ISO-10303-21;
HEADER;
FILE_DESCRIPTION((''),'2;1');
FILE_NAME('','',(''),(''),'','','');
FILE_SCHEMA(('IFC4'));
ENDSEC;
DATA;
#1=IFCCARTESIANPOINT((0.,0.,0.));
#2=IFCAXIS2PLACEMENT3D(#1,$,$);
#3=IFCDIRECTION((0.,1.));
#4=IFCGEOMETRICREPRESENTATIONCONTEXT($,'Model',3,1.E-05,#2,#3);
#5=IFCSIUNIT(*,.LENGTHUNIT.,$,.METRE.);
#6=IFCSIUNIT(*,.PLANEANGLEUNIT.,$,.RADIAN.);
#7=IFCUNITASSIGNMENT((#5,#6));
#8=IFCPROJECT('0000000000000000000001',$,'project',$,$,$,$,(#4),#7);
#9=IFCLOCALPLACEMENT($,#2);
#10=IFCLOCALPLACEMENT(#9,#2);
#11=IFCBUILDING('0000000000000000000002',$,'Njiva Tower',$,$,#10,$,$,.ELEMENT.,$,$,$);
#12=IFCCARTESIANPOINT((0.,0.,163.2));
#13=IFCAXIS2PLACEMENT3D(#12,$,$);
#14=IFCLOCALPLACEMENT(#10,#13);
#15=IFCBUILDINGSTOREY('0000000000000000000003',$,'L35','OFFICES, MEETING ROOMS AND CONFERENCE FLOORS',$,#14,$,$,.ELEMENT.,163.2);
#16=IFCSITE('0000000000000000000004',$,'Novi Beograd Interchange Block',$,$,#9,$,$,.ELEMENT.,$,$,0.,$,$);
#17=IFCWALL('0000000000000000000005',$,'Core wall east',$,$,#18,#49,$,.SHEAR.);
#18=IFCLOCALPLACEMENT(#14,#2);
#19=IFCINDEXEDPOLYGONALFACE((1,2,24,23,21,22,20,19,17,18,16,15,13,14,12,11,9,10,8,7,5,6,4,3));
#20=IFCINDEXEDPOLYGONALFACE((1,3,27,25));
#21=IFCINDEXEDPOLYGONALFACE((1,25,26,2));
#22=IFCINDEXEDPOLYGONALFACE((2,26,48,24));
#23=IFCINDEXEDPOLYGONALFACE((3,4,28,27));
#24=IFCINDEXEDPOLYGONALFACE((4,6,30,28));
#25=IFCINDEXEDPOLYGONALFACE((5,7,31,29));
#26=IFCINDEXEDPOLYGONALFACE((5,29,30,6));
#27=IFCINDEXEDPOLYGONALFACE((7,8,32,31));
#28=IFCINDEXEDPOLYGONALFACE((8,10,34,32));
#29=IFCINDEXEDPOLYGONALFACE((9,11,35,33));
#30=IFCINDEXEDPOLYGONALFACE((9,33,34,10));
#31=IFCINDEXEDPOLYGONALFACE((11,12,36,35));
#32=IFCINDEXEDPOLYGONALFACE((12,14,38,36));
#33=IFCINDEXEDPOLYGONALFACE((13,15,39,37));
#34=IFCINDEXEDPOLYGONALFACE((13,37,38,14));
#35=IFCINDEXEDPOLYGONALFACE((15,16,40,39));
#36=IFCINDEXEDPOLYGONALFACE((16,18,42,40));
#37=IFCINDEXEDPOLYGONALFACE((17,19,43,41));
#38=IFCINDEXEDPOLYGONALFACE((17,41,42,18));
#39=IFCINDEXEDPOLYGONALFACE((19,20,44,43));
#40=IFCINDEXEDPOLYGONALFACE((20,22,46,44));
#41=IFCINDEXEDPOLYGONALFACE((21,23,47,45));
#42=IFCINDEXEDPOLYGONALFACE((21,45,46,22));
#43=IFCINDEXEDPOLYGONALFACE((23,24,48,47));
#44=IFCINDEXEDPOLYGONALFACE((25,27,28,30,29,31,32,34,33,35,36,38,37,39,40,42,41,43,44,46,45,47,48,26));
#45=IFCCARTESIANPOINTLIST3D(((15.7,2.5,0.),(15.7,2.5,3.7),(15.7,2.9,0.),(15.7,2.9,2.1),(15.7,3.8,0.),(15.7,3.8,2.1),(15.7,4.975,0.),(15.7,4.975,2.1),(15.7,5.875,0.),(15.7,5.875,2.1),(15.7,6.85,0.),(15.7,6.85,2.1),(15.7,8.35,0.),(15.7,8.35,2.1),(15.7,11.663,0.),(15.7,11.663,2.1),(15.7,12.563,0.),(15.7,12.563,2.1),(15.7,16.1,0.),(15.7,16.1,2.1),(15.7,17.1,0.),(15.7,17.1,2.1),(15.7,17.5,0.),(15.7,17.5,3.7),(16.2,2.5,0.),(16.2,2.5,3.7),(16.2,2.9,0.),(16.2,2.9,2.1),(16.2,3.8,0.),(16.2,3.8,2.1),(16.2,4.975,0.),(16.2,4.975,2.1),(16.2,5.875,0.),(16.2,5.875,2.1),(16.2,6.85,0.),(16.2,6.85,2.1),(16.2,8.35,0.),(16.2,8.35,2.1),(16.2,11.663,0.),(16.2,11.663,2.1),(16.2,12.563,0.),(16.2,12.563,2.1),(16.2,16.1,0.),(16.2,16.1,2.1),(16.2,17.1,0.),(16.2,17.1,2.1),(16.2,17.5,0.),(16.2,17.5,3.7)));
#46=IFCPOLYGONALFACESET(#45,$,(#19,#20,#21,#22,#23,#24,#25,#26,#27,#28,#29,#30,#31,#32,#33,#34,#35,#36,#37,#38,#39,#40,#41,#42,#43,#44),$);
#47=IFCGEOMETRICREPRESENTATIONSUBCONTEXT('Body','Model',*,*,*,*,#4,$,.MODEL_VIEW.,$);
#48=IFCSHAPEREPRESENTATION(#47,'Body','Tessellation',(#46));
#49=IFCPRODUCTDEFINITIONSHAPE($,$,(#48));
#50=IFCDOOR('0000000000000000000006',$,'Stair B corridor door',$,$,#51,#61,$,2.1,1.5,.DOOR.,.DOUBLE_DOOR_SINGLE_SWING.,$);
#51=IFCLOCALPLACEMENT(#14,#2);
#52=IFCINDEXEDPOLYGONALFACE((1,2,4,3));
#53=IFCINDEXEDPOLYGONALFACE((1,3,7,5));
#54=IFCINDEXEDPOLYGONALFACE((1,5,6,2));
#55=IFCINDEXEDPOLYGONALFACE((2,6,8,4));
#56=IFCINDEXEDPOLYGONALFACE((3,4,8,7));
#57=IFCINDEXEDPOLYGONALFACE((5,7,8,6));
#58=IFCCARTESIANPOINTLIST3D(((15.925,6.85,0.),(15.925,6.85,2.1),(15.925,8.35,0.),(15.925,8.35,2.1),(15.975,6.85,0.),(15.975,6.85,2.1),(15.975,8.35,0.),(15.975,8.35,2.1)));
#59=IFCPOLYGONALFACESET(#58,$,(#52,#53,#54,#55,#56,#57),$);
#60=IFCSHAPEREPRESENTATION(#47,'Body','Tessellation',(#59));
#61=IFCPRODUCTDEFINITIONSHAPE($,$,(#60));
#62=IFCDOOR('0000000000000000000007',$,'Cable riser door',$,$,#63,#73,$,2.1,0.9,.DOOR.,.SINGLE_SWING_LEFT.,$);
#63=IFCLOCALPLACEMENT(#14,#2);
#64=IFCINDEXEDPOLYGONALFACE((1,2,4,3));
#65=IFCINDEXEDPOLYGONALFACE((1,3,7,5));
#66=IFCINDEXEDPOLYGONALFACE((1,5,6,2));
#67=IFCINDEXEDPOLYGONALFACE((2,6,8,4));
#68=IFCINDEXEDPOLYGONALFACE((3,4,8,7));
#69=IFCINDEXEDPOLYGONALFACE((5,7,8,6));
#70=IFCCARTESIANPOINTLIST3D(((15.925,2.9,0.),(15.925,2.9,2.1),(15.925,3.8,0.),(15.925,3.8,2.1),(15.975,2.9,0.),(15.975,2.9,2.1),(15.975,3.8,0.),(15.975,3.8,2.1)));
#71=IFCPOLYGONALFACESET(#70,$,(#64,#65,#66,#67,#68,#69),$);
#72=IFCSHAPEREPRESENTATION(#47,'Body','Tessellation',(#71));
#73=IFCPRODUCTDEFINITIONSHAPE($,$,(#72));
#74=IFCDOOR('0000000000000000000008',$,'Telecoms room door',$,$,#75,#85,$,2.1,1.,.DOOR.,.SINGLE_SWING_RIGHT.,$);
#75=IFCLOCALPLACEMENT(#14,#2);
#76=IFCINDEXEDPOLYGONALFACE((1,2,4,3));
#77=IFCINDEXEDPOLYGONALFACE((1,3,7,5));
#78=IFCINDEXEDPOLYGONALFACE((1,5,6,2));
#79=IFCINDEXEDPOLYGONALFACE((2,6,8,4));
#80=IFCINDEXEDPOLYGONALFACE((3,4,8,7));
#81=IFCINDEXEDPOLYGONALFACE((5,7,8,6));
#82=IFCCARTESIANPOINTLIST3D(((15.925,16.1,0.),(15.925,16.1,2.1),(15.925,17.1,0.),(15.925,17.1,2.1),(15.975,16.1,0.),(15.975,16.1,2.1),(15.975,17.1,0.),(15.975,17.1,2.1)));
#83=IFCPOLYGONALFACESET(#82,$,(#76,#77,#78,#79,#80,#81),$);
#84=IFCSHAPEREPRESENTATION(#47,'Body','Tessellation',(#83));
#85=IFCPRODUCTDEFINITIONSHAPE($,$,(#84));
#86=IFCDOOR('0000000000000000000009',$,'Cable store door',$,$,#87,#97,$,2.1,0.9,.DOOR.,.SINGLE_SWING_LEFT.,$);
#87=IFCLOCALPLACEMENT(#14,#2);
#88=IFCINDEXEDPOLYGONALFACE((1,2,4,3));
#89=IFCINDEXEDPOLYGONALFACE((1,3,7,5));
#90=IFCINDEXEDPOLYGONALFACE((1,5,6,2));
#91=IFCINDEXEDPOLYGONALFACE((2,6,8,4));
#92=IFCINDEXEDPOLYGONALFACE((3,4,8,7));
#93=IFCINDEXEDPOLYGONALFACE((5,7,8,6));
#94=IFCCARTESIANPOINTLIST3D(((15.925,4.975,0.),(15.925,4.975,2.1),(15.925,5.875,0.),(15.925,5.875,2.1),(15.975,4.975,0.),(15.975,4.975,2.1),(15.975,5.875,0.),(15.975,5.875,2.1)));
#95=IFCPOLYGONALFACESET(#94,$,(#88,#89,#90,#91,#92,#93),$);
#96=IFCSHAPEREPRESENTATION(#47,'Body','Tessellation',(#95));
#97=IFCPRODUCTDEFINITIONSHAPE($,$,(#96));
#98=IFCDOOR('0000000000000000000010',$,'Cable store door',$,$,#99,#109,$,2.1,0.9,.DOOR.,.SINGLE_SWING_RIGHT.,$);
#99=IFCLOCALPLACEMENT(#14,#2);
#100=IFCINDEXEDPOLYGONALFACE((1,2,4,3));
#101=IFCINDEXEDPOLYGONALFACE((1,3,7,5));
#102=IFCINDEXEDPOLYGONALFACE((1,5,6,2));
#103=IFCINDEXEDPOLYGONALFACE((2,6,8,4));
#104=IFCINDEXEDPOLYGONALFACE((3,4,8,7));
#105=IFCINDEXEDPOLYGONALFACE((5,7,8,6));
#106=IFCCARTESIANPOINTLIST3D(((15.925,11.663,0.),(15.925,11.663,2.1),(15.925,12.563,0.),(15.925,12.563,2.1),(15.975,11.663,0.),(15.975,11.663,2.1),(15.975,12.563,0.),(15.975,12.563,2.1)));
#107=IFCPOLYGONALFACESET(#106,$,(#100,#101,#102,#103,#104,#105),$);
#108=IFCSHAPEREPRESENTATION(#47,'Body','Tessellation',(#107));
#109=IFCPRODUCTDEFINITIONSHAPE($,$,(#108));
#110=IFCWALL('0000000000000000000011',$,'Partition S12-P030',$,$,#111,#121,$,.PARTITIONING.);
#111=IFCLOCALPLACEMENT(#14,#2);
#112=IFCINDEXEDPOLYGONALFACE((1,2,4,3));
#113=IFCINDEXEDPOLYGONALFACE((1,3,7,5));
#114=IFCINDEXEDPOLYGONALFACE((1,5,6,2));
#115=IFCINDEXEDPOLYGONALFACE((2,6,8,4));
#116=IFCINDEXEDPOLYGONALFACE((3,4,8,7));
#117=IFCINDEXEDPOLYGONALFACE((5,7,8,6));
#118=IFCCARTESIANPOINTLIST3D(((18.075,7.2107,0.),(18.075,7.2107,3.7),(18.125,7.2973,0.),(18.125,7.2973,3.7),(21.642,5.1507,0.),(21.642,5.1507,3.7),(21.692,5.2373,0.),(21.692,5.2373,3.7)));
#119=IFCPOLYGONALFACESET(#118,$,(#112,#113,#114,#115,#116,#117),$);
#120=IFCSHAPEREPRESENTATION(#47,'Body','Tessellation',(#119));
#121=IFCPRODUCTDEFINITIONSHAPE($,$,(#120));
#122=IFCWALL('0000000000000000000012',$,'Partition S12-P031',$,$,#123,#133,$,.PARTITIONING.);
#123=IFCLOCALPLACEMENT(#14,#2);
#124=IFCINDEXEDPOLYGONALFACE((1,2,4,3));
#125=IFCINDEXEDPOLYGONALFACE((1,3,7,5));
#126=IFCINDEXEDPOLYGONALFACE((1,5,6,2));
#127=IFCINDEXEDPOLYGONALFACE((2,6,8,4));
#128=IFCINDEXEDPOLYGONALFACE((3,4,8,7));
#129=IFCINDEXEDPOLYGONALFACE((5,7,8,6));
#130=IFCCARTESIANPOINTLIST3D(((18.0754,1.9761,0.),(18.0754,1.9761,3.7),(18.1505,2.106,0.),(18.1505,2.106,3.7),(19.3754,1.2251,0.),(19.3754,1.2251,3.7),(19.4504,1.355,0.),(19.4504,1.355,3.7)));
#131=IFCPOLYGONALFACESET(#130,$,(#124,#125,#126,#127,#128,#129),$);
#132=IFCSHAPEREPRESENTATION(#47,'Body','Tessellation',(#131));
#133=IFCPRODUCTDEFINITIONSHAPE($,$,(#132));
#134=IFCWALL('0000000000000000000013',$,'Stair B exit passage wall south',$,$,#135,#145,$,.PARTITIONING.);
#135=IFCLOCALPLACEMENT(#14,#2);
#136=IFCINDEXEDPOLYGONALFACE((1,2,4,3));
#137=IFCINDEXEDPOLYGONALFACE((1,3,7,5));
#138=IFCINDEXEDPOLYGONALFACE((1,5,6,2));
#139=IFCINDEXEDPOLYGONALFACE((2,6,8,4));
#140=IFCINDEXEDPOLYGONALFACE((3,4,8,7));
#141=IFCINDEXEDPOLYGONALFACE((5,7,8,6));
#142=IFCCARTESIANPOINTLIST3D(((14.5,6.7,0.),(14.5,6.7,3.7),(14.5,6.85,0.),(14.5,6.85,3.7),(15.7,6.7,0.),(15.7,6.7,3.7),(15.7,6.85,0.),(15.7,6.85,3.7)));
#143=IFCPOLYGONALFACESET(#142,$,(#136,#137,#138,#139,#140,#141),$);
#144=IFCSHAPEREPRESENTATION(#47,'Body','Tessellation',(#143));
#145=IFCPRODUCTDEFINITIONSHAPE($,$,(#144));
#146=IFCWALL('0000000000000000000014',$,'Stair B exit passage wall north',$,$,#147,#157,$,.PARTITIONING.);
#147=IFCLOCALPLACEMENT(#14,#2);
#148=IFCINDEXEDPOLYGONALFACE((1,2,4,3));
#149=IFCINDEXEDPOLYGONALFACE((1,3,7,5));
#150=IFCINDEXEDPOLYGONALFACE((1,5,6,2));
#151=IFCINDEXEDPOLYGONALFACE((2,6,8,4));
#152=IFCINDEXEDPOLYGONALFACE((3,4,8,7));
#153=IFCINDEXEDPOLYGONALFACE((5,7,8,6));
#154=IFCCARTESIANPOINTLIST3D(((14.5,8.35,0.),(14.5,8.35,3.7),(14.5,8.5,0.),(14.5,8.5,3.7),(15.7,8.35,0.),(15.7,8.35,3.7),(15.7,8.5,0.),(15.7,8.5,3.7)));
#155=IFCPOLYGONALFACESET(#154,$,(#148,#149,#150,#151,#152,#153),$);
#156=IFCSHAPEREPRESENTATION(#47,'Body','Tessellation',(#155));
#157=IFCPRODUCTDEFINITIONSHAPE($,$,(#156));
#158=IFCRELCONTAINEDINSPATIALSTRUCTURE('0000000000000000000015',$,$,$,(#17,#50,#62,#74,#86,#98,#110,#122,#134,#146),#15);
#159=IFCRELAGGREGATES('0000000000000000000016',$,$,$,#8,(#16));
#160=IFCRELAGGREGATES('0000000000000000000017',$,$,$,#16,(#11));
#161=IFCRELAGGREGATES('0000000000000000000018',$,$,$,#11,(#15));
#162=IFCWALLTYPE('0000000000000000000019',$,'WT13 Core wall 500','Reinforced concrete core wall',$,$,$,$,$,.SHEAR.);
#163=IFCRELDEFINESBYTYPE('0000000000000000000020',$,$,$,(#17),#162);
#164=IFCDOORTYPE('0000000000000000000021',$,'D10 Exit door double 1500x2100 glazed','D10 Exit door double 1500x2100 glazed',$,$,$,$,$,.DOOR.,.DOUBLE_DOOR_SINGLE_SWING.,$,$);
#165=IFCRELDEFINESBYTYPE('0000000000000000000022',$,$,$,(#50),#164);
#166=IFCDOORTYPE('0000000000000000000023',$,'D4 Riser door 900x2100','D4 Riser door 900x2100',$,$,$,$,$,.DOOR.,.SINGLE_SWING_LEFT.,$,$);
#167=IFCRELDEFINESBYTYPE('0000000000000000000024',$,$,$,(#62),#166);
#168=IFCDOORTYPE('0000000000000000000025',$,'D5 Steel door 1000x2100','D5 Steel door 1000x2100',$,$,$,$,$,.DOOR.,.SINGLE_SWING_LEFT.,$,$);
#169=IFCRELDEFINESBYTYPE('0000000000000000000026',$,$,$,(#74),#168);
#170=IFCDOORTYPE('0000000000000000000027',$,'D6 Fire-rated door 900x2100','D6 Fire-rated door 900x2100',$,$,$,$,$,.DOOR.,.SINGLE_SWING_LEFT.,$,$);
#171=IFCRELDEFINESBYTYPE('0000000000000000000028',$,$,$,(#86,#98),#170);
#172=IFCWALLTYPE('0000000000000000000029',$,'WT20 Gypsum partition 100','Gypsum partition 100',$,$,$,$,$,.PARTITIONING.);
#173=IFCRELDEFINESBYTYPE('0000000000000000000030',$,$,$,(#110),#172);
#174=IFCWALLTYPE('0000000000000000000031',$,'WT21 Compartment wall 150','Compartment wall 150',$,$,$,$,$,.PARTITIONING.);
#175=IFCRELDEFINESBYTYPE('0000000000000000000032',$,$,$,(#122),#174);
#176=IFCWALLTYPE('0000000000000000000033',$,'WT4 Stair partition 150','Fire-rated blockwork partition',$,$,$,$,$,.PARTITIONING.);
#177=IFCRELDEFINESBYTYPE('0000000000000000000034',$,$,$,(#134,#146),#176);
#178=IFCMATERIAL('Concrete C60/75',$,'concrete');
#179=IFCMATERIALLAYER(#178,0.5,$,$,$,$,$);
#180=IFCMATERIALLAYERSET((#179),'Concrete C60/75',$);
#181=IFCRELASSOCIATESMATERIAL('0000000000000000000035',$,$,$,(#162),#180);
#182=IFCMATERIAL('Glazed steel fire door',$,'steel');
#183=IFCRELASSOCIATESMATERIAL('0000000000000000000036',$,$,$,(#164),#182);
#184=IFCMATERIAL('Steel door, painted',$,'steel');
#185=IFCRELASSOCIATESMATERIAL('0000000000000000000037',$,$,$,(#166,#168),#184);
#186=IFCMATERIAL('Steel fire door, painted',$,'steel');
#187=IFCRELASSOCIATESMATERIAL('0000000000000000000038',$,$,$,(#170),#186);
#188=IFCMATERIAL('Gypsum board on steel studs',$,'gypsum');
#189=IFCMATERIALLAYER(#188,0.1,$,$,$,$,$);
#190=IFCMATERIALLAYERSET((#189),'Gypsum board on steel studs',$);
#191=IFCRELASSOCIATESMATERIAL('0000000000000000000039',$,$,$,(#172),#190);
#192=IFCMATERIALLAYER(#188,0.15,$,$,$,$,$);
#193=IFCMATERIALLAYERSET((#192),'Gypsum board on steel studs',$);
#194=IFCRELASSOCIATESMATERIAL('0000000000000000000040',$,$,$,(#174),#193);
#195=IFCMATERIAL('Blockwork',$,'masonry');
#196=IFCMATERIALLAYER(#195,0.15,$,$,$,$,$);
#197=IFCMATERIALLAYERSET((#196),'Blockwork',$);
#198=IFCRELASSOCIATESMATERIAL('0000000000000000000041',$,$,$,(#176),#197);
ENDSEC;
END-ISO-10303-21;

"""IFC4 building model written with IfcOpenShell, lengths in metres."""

from ifc_helpers import new_model, si_unit, direction, frame, frame_2d, origin, place, context, subcontext, project, spatial, rectangle, extrude, material, layer, layer_set, type_object, element, fill, save


model = new_model("IFC4")

# Units and contexts
model_context = context("Model", 3, precision=1e-05, world=origin(), true_north=direction((0.0, 1.0)))
body_context = subcontext(model_context, "Body", "Model", "MODEL_VIEW")
ifc_project = project(units=[si_unit("LENGTHUNIT", "METRE"), si_unit("PLANEANGLEUNIT", "RADIAN")], contexts=[model_context])

# Site, building, storey
site_placement = place(None, origin())
site = spatial("IfcSite", under=ifc_project, at=site_placement, Name="Novi Beograd Interchange Block", CompositionType="ELEMENT", RefElevation=0.0)
building_placement = place(site_placement, origin())
building = spatial("IfcBuilding", under=site, at=building_placement, Name="Njiva Tower", CompositionType="ELEMENT")
storey_placement = place(building_placement, frame((0.0, 0.0, 163.2)))
storey = spatial("IfcBuildingStorey", under=building, at=storey_placement, Name="L35", Description="OFFICES, MEETING ROOMS AND CONFERENCE FLOORS", CompositionType="ELEMENT", Elevation=163.2)

# Wall, openings, doors
ifc_material_1 = material(Name="Concrete C60/75", Category="concrete")
ifc_layer_1 = layer(ifc_material_1, 0.5)
ifc_layer_set_1 = layer_set([ifc_layer_1], Name="Concrete C60/75")
wall_type_1 = type_object("IfcWallType", Name="WT13 Core wall 500", Description="Reinforced concrete core wall", PredefinedType="SHEAR", material=ifc_layer_set_1)
wall_1_placement = place(storey_placement, frame((15.95, 2.5, 0.0), z_axis=(0.0, 0.0, 1.0), x_axis=(0.0, 1.0, 0.0)))
wall_1 = element("IfcWall", 1, at=wall_1_placement, inside=storey, type_object=wall_type_1, Name="Core wall east", PredefinedType="SHEAR", context=body_context, shape_type="SweptSolid", body=[
    extrude(rectangle(XDim=15.0, YDim=0.5, at=frame_2d((7.5, 0.0))), origin(), (0.0, 0.0, 1.0), 3.7),
])
opening_1_placement = place(wall_1_placement, frame((4.35, 0.0, 0.0)))
opening_1 = element("IfcOpeningElement", 2, at=opening_1_placement, cuts=wall_1, PredefinedType="OPENING", context=body_context, shape_type="SweptSolid", body=[
    extrude(rectangle(XDim=1.5, YDim=2.1, at=frame_2d((0.75, 1.05))), frame((0.0, 0.26, 0.0), z_axis=(0.0, -1.0, 0.0), x_axis=(1.0, 0.0, 0.0)), (0.0, 0.0, 1.0), 0.52),
])
opening_2_placement = place(wall_1_placement, frame((0.4, 0.0, 0.0)))
opening_2 = element("IfcOpeningElement", 3, at=opening_2_placement, cuts=wall_1, PredefinedType="OPENING", context=body_context, shape_type="SweptSolid", body=[
    extrude(rectangle(XDim=0.9, YDim=2.1, at=frame_2d((0.45, 1.05))), frame((0.0, 0.26, 0.0), z_axis=(0.0, -1.0, 0.0), x_axis=(1.0, 0.0, 0.0)), (0.0, 0.0, 1.0), 0.52),
])
opening_3_placement = place(wall_1_placement, frame((2.475, 0.0, 0.0)))
opening_3 = element("IfcOpeningElement", 4, at=opening_3_placement, cuts=wall_1, PredefinedType="OPENING", context=body_context, shape_type="SweptSolid", body=[
    extrude(rectangle(XDim=0.9, YDim=2.1, at=frame_2d((0.45, 1.05))), frame((0.0, 0.26, 0.0), z_axis=(0.0, -1.0, 0.0), x_axis=(1.0, 0.0, 0.0)), (0.0, 0.0, 1.0), 0.52),
])
opening_4_placement = place(wall_1_placement, frame((9.163, 0.0, 0.0)))
opening_4 = element("IfcOpeningElement", 5, at=opening_4_placement, cuts=wall_1, PredefinedType="OPENING", context=body_context, shape_type="SweptSolid", body=[
    extrude(rectangle(XDim=0.9, YDim=2.1, at=frame_2d((0.45, 1.05))), frame((0.0, 0.26, 0.0), z_axis=(0.0, -1.0, 0.0), x_axis=(1.0, 0.0, 0.0)), (0.0, 0.0, 1.0), 0.52),
])
opening_5_placement = place(wall_1_placement, frame((13.6, 0.0, 0.0)))
opening_5 = element("IfcOpeningElement", 6, at=opening_5_placement, cuts=wall_1, PredefinedType="OPENING", context=body_context, shape_type="SweptSolid", body=[
    extrude(rectangle(XDim=1.0, YDim=2.1, at=frame_2d((0.5, 1.05))), frame((0.0, 0.26, 0.0), z_axis=(0.0, -1.0, 0.0), x_axis=(1.0, 0.0, 0.0)), (0.0, 0.0, 1.0), 0.52),
])
ifc_material_2 = material(Name="Glazed steel fire door", Category="steel")
door_type_1 = type_object("IfcDoorType", Name="D10 Exit door double 1500x2100 glazed", Description="D10 Exit door double 1500x2100 glazed", OperationType="DOUBLE_DOOR_SINGLE_SWING", PredefinedType="DOOR", material=ifc_material_2)
door_1_placement = place(opening_1_placement, origin())
door_1 = element("IfcDoor", 7, at=door_1_placement, inside=storey, type_object=door_type_1, Name="Stair B corridor door", OperationType="DOUBLE_DOOR_SINGLE_SWING", OverallHeight=2.1, OverallWidth=1.5, PredefinedType="DOOR", context=body_context, shape_type="SweptSolid", body=[
    extrude(rectangle(XDim=1.5, YDim=2.1, at=frame_2d((0.75, 1.05))), frame((0.0, 0.025, 0.0), z_axis=(0.0, -1.0, 0.0), x_axis=(1.0, 0.0, 0.0)), (0.0, 0.0, 1.0), 0.05),
])
fill(opening_1, door_1)
ifc_material_3 = material(Name="Steel door, painted", Category="steel")
door_type_2 = type_object("IfcDoorType", Name="D4 Riser door 900x2100", Description="D4 Riser door 900x2100", OperationType="SINGLE_SWING_LEFT", PredefinedType="DOOR", material=ifc_material_3)
door_2_placement = place(opening_2_placement, origin())
door_2 = element("IfcDoor", 8, at=door_2_placement, inside=storey, type_object=door_type_2, Name="Cable riser door", OperationType="SINGLE_SWING_LEFT", OverallHeight=2.1, OverallWidth=0.9, PredefinedType="DOOR", context=body_context, shape_type="SweptSolid", body=[
    extrude(rectangle(XDim=0.9, YDim=2.1, at=frame_2d((0.45, 1.05))), frame((0.0, 0.025, 0.0), z_axis=(0.0, -1.0, 0.0), x_axis=(1.0, 0.0, 0.0)), (0.0, 0.0, 1.0), 0.05),
])
fill(opening_2, door_2)
door_type_3 = type_object("IfcDoorType", Name="D5 Steel door 1000x2100", Description="D5 Steel door 1000x2100", OperationType="SINGLE_SWING_LEFT", PredefinedType="DOOR", material=ifc_material_3)
door_3_placement = place(opening_5_placement, origin())
door_3 = element("IfcDoor", 9, at=door_3_placement, inside=storey, type_object=door_type_3, Name="Telecoms room door", OperationType="SINGLE_SWING_RIGHT", OverallHeight=2.1, OverallWidth=1.0, PredefinedType="DOOR", context=body_context, shape_type="SweptSolid", body=[
    extrude(rectangle(XDim=1.0, YDim=2.1, at=frame_2d((0.5, 1.05))), frame((0.0, 0.025, 0.0), z_axis=(0.0, -1.0, 0.0), x_axis=(1.0, 0.0, 0.0)), (0.0, 0.0, 1.0), 0.05),
])
fill(opening_5, door_3)
ifc_material_4 = material(Name="Steel fire door, painted", Category="steel")
door_type_4 = type_object("IfcDoorType", Name="D6 Fire-rated door 900x2100", Description="D6 Fire-rated door 900x2100", OperationType="SINGLE_SWING_LEFT", PredefinedType="DOOR", material=ifc_material_4)
door_4_placement = place(opening_3_placement, origin())
door_4 = element("IfcDoor", 10, at=door_4_placement, inside=storey, type_object=door_type_4, Name="Cable store door", OperationType="SINGLE_SWING_LEFT", OverallHeight=2.1, OverallWidth=0.9, PredefinedType="DOOR", context=body_context, shape_type="SweptSolid", body=[
    extrude(rectangle(XDim=0.9, YDim=2.1, at=frame_2d((0.45, 1.05))), frame((0.0, 0.025, 0.0), z_axis=(0.0, -1.0, 0.0), x_axis=(1.0, 0.0, 0.0)), (0.0, 0.0, 1.0), 0.05),
])
fill(opening_3, door_4)
door_5_placement = place(opening_4_placement, origin())
door_5 = element("IfcDoor", 11, at=door_5_placement, inside=storey, type_object=door_type_4, Name="Cable store door", OperationType="SINGLE_SWING_RIGHT", OverallHeight=2.1, OverallWidth=0.9, PredefinedType="DOOR", context=body_context, shape_type="SweptSolid", body=[
    extrude(rectangle(XDim=0.9, YDim=2.1, at=frame_2d((0.45, 1.05))), frame((0.0, 0.025, 0.0), z_axis=(0.0, -1.0, 0.0), x_axis=(1.0, 0.0, 0.0)), (0.0, 0.0, 1.0), 0.05),
])
fill(opening_4, door_5)

# Walls
ifc_material_5 = material(Name="Gypsum board on steel studs", Category="gypsum")
ifc_layer_2 = layer(ifc_material_5, 0.1)
ifc_layer_set_2 = layer_set([ifc_layer_2], Name="Gypsum board on steel studs")
wall_type_2 = type_object("IfcWallType", Name="WT20 Gypsum partition 100", Description="Gypsum partition 100", PredefinedType="PARTITIONING", material=ifc_layer_set_2)
wall_2_placement = place(storey_placement, frame((18.1, 7.254, 0.0), z_axis=(0.0, 0.0, 1.0), x_axis=(0.865963, -0.500108, 0.0)))
element("IfcWall", 12, at=wall_2_placement, inside=storey, type_object=wall_type_2, Name="Partition S12-P030", PredefinedType="PARTITIONING", context=body_context, shape_type="SweptSolid", body=[
    extrude(rectangle(XDim=4.1191, YDim=0.1, at=frame_2d((2.0596, 0.0))), origin(), (0.0, 0.0, 1.0), 3.7),
])
ifc_layer_3 = layer(ifc_material_5, 0.15)
ifc_layer_set_3 = layer_set([ifc_layer_3], Name="Gypsum board on steel studs")
wall_type_3 = type_object("IfcWallType", Name="WT21 Compartment wall 150", Description="Compartment wall 150", PredefinedType="PARTITIONING", material=ifc_layer_set_3)
wall_3_placement = place(storey_placement, frame((18.113, 2.041, 0.0), z_axis=(0.0, 0.0, 1.0), x_axis=(0.865897, -0.500222, 0.0)))
element("IfcWall", 13, at=wall_3_placement, inside=storey, type_object=wall_type_3, Name="Partition S12-P031", PredefinedType="PARTITIONING", context=body_context, shape_type="SweptSolid", body=[
    extrude(rectangle(XDim=1.5013, YDim=0.15, at=frame_2d((0.7506, 0.0))), origin(), (0.0, 0.0, 1.0), 3.7),
])
ifc_material_6 = material(Name="Blockwork", Category="masonry")
ifc_layer_4 = layer(ifc_material_6, 0.15)
ifc_layer_set_4 = layer_set([ifc_layer_4], Name="Blockwork")
wall_type_4 = type_object("IfcWallType", Name="WT4 Stair partition 150", Description="Fire-rated blockwork partition", PredefinedType="PARTITIONING", material=ifc_layer_set_4)
for number, where, z_axis, x_axis, name in (
    (14, (14.5, 6.775, 0.0), (0.0, 0.0, 1.0), (1.0, 0.0, 0.0), "Stair B exit passage wall south"),
    (15, (14.5, 8.425, 0.0), (0.0, 0.0, 1.0), (1.0, 0.0, 0.0), "Stair B exit passage wall north"),
):
    element("IfcWall", number, at=place(storey_placement, frame(where, z_axis=z_axis, x_axis=x_axis)), inside=storey, type_object=wall_type_4, Name=name, PredefinedType="PARTITIONING", context=body_context, shape_type="SweptSolid", body=[
        extrude(rectangle(XDim=1.2, YDim=0.15, at=frame_2d((0.6, 0.0))), origin(), (0.0, 0.0, 1.0), 3.7),
    ])

save(model, "model.ifc")
